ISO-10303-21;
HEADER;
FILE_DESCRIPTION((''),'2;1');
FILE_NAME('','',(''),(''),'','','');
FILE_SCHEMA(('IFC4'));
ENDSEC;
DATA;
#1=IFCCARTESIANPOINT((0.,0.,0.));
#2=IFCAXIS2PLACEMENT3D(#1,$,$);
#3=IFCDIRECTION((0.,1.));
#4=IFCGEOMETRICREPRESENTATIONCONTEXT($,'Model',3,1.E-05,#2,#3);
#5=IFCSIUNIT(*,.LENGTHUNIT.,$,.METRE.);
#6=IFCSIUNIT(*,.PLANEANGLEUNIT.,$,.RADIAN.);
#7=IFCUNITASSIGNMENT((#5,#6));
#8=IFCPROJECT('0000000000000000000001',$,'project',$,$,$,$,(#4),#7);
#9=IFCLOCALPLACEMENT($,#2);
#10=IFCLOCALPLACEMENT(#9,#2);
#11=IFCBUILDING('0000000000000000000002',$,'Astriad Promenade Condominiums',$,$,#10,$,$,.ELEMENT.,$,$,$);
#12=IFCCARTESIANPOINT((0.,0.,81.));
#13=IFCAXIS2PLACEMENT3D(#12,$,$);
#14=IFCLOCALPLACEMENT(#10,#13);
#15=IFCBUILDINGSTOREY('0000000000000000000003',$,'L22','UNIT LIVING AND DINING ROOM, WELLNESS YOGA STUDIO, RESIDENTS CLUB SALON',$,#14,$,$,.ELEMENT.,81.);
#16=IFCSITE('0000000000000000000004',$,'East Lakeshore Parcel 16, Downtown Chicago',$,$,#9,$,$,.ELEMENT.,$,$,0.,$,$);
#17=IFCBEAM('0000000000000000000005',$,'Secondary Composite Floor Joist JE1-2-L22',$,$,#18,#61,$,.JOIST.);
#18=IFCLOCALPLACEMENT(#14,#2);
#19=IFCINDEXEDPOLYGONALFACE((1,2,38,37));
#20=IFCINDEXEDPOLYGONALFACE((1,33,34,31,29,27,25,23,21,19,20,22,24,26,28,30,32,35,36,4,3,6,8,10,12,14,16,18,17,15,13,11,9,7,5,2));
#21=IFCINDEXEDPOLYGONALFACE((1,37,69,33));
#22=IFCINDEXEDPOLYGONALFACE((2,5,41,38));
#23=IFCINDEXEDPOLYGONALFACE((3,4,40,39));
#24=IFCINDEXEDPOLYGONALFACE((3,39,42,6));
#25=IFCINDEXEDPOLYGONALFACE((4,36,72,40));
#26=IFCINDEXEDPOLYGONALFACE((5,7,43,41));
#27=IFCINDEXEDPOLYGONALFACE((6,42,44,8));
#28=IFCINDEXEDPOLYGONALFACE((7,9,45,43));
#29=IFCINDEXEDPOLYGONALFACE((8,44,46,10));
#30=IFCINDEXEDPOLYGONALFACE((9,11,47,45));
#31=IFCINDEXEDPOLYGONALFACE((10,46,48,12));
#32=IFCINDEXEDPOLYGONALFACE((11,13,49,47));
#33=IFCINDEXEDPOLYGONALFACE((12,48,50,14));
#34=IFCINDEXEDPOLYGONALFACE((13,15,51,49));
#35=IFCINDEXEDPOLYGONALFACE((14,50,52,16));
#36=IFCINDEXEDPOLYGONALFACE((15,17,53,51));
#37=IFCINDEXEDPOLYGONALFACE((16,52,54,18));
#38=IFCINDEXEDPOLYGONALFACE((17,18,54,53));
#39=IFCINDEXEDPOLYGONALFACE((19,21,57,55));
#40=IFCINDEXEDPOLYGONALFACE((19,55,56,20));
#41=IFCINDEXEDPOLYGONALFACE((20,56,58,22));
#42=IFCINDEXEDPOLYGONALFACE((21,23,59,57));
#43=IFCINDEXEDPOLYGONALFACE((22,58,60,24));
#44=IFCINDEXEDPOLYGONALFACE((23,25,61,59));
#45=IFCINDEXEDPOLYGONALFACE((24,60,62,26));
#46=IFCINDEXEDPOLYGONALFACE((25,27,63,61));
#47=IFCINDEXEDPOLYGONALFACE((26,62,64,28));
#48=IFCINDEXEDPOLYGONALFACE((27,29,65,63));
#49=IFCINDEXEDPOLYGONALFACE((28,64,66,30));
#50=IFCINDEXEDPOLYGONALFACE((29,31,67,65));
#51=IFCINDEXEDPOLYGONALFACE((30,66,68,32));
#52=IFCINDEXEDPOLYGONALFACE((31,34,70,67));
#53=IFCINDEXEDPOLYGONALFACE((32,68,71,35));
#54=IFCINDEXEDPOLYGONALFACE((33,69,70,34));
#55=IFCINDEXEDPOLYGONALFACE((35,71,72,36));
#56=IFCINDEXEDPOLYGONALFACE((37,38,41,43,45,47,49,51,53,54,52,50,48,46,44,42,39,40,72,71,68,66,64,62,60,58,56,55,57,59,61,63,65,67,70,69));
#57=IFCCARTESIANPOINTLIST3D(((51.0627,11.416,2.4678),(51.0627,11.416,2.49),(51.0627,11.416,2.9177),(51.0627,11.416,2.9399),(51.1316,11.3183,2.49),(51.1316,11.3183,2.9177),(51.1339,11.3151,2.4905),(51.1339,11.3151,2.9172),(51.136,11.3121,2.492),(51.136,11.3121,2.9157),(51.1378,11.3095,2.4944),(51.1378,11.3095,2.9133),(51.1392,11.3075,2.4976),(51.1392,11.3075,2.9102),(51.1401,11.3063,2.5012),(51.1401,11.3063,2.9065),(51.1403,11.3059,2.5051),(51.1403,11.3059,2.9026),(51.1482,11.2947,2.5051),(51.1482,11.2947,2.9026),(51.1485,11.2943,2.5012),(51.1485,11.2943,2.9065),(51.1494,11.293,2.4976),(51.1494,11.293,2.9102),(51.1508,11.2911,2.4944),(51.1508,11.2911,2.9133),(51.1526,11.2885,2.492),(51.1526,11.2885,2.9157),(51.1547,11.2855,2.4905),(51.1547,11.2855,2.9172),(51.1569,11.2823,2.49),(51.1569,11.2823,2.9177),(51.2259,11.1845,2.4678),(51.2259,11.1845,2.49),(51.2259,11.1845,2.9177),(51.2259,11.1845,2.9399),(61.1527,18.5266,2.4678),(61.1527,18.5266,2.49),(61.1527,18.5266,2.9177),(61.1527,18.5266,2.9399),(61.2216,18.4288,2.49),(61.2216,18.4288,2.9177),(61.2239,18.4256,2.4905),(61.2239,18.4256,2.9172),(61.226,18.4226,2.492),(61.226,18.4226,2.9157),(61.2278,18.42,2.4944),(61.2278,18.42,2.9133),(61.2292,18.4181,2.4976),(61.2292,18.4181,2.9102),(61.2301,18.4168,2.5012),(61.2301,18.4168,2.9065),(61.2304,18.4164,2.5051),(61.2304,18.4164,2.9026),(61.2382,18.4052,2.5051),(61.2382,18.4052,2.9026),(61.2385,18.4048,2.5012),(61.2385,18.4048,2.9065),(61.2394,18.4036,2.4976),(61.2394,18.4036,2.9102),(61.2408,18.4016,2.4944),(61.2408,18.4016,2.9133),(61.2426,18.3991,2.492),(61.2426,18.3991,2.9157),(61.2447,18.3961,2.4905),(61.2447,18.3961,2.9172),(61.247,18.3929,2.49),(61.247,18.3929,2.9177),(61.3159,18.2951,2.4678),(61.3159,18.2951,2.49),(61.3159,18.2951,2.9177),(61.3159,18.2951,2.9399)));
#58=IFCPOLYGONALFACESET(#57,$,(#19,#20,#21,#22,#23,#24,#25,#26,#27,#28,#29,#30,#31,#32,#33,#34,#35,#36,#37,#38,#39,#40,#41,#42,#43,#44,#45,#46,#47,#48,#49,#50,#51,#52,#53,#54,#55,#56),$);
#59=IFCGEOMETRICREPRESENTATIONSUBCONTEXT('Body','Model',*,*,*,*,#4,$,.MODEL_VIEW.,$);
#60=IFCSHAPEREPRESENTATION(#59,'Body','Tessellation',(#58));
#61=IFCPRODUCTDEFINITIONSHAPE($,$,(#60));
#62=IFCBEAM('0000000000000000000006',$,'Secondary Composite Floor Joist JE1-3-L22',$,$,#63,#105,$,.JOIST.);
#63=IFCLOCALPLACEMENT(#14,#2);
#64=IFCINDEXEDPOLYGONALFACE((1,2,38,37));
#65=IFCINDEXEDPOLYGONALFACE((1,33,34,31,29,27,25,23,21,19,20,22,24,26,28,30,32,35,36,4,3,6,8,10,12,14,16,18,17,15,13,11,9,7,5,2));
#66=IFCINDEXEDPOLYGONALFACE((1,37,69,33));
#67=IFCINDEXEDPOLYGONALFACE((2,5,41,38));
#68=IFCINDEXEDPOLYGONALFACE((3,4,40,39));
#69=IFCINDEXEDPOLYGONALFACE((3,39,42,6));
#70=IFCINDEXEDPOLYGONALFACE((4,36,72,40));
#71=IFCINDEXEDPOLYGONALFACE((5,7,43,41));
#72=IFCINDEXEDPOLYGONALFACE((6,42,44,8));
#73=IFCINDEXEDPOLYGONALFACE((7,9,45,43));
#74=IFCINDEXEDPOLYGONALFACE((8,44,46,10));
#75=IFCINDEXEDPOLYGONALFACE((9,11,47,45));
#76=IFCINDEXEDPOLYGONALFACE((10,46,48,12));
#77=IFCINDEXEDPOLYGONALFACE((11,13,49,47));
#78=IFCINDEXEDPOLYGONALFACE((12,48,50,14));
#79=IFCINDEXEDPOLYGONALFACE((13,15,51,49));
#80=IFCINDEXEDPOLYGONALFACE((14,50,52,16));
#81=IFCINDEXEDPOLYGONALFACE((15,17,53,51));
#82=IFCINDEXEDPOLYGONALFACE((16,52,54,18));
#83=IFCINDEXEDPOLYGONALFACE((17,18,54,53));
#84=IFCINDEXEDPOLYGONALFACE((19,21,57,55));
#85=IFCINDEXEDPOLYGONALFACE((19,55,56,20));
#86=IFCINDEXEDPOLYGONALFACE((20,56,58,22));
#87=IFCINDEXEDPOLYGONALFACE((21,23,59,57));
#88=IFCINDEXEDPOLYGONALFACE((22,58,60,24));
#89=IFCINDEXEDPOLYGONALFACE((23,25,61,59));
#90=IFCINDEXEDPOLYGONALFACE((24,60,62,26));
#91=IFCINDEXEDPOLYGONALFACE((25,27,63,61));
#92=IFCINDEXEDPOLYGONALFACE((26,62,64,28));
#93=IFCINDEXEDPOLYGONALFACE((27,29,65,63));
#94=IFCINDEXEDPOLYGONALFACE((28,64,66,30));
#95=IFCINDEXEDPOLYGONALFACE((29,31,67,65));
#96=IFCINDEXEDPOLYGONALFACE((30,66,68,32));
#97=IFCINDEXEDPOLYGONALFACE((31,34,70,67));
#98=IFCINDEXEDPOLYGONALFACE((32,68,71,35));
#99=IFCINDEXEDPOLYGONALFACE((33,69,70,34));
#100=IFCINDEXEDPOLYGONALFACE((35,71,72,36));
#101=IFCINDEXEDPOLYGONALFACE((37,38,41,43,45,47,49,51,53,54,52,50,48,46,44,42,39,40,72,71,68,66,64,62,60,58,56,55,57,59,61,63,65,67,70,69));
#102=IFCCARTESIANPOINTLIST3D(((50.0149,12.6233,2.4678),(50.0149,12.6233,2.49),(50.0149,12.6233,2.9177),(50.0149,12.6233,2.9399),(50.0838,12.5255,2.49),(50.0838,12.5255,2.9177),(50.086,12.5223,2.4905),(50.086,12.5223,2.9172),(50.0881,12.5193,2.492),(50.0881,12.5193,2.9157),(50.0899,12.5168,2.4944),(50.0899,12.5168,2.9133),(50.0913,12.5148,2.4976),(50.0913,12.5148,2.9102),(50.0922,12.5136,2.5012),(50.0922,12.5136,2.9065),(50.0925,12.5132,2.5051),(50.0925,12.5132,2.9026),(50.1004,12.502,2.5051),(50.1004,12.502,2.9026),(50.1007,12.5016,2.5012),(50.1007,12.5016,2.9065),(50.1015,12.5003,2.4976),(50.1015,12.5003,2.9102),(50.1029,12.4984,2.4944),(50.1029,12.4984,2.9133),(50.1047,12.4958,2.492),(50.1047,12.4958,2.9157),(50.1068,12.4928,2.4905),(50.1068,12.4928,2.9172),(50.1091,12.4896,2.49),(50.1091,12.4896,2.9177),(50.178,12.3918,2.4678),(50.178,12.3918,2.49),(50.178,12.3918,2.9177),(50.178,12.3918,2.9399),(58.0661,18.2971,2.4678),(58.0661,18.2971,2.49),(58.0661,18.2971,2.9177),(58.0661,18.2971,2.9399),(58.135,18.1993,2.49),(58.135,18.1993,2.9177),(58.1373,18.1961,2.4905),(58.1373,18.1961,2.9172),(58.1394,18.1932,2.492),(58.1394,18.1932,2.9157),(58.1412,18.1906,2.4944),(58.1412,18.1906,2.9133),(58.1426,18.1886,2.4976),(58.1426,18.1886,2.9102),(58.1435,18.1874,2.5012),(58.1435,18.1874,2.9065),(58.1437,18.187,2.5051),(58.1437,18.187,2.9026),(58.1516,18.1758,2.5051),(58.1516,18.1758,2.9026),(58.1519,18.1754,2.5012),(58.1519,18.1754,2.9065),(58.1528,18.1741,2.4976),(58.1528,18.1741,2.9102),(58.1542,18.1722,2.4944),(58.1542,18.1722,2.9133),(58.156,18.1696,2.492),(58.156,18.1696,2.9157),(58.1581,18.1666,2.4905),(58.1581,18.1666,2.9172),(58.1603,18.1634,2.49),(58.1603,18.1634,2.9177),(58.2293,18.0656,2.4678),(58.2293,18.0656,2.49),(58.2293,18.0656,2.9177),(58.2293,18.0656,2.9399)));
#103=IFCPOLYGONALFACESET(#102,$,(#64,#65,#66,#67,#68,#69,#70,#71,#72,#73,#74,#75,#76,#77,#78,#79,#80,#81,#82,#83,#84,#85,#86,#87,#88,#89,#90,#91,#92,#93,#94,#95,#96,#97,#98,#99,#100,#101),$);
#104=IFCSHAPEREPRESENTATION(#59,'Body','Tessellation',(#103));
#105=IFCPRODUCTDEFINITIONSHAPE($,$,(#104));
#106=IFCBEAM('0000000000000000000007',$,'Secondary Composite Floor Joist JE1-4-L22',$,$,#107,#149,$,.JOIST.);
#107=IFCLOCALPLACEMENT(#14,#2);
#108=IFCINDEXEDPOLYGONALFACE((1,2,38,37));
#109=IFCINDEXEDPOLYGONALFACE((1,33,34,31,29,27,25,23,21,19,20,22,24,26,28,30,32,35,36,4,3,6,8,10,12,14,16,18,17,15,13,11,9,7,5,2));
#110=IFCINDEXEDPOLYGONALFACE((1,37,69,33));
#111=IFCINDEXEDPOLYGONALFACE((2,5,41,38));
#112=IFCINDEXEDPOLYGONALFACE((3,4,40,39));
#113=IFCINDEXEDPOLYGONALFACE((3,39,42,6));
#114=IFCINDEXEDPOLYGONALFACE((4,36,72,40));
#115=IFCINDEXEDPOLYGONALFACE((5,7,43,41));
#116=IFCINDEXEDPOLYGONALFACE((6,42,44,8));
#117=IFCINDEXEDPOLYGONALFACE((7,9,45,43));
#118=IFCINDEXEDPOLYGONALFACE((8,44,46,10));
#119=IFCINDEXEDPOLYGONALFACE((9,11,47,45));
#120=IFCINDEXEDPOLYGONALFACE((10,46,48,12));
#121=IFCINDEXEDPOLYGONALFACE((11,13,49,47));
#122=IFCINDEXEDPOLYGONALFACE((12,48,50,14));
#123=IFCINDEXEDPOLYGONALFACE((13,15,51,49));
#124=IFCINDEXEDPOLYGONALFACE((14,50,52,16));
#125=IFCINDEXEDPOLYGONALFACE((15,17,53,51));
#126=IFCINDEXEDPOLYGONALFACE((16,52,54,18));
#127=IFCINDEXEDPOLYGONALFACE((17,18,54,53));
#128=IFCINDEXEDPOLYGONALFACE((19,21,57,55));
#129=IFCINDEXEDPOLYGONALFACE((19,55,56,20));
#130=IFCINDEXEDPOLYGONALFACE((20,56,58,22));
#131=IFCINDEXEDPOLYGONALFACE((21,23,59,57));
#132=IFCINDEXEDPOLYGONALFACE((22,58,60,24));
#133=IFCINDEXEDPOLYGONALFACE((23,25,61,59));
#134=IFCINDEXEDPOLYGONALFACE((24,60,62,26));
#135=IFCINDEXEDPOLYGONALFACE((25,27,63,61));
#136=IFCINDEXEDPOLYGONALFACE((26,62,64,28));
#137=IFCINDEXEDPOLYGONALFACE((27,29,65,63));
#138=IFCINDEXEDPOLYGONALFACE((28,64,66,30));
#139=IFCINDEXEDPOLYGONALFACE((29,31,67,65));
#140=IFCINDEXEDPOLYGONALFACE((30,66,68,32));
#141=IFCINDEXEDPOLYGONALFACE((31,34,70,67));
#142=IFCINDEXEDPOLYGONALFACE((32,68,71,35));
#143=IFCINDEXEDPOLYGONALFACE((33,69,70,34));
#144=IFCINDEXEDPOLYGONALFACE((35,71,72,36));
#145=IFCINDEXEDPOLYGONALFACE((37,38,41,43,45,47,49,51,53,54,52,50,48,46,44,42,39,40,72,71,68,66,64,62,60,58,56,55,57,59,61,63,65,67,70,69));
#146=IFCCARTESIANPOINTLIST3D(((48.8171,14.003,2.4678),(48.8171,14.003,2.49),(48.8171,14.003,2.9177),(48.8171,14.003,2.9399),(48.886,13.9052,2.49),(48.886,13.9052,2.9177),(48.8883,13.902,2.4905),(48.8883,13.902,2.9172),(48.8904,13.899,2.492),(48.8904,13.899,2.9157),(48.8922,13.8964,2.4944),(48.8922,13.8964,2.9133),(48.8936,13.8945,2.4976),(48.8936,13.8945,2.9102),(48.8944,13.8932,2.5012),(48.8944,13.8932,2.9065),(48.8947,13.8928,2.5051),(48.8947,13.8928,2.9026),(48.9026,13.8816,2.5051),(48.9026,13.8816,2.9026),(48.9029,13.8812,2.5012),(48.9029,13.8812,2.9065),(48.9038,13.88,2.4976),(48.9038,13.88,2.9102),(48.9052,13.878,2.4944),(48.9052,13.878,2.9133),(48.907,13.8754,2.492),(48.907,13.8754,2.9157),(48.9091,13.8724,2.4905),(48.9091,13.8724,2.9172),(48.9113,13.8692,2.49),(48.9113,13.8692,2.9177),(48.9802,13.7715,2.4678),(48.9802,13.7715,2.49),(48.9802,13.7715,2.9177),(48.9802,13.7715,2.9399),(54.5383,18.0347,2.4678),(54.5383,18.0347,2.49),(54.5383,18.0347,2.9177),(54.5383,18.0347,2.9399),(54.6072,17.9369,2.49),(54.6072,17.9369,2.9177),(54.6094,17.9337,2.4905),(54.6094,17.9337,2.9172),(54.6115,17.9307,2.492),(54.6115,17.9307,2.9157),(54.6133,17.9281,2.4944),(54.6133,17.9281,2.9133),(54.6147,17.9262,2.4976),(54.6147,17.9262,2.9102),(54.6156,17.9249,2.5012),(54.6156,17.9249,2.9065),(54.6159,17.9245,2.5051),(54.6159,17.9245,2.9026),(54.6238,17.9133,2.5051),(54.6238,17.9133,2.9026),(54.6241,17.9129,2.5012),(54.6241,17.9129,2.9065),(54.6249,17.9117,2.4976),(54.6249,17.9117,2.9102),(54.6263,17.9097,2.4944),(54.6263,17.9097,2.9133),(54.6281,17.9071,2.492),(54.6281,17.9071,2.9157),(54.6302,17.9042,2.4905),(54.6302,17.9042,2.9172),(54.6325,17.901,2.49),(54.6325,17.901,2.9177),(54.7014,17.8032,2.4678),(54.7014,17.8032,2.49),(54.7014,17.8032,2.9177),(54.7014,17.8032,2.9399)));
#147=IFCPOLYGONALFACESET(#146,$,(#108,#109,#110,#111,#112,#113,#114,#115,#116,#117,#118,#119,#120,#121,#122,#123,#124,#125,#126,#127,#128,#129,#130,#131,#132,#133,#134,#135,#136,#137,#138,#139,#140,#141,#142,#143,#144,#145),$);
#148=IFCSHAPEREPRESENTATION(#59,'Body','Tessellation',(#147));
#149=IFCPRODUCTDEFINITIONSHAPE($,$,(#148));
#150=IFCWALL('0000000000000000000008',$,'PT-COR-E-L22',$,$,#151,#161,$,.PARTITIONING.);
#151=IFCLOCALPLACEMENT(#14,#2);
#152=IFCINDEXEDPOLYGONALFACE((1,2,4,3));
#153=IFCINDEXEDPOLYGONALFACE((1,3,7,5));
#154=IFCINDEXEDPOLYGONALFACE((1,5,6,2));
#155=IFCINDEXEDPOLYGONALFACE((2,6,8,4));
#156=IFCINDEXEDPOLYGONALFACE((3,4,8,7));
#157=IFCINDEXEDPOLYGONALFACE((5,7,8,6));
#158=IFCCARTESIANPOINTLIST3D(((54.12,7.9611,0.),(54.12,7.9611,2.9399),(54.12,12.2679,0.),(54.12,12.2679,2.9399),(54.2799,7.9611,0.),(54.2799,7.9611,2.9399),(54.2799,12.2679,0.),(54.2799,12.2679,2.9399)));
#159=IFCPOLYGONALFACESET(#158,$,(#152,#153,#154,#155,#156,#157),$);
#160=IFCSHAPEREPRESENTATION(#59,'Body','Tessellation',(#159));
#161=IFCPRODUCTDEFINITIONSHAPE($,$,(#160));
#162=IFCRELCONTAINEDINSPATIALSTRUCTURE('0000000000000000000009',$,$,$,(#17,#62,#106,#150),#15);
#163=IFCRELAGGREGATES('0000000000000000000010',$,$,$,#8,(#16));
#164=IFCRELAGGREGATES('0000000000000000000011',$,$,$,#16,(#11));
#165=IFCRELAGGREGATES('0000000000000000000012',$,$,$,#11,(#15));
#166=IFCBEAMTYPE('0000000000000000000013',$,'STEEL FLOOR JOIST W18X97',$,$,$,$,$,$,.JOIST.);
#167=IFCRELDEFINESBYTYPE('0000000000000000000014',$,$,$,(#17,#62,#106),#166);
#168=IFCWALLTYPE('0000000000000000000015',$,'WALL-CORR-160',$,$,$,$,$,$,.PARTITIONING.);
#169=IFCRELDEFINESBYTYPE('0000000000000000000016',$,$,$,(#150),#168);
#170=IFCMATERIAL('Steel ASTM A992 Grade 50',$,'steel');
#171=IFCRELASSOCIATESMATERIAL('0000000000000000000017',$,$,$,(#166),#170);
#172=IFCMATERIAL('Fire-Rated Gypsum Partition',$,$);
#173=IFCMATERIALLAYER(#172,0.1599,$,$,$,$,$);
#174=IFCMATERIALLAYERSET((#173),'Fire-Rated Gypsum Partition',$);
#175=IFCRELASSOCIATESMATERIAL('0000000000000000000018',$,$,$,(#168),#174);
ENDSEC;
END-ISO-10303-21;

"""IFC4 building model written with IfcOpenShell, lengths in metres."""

from ifc_helpers import new_model, si_unit, direction, frame, frame_2d, origin, origin_2d, place, context, subcontext, project, spatial, rectangle, i_section, extrude, source, transform, mapped, material, layer, layer_set, material_profile, profile_set, type_object, element, save


model = new_model("IFC4")

# Units and contexts
model_context = context("Model", 3, precision=1e-05, world=origin(), true_north=direction((0.0, 1.0)))
body_context = subcontext(model_context, "Body", "Model", "MODEL_VIEW")
ifc_project = project(units=[si_unit("LENGTHUNIT", "METRE"), si_unit("PLANEANGLEUNIT", "RADIAN")], contexts=[model_context])

# Site, building, storey
site_placement = place(None, origin())
site = spatial("IfcSite", under=ifc_project, at=site_placement, Name="East Lakeshore Parcel 16, Downtown Chicago", CompositionType="ELEMENT", RefElevation=0.0)
building_placement = place(site_placement, origin())
building = spatial("IfcBuilding", under=site, at=building_placement, Name="Astriad Promenade Condominiums", CompositionType="ELEMENT")
storey_placement = place(building_placement, frame((0.0, 0.0, 81.0)))
storey = spatial("IfcBuildingStorey", under=building, at=storey_placement, Name="L22", Description="UNIT LIVING AND DINING ROOM, WELLNESS YOGA STUDIO, RESIDENTS CLUB SALON", CompositionType="ELEMENT", Elevation=81.0)

# Beams
ifc_material_1 = material(Name="Steel ASTM A992 Grade 50", Category="steel")
ifc_material_profile_1 = material_profile(ifc_material_1, i_section(OverallWidth=0.2832, OverallDepth=0.4722, WebThickness=0.0137, FlangeThickness=0.0222, FilletRadius=0.0151, at=origin_2d()), Name="W18X97")
ifc_profile_set_1 = profile_set([ifc_material_profile_1], Name="Steel ASTM A992 Grade 50")
beam_type_1 = type_object("IfcBeamType", Name="STEEL FLOOR JOIST W18X97", PredefinedType="JOIST", material=ifc_profile_set_1)
shared_shape_1 = source(origin(), body_context, "Body", "SweptSolid", [
    extrude(i_section(OverallWidth=0.2832, OverallDepth=0.4722, WebThickness=0.0137, FlangeThickness=0.0222, FilletRadius=0.0151, at=origin_2d()), origin(), (0.0, 0.0, 1.0), 12.3438),
])
beam_1_placement = place(storey_placement, frame((51.1443, 11.3003, 2.7039), z_axis=(0.817419, 0.576044, 0.0), x_axis=(-0.576044, 0.817419, 0.0)))
element("IfcBeam", 1, at=beam_1_placement, inside=storey, type_object=beam_type_1, Name="Secondary Composite Floor Joist JE1-2-L22", PredefinedType="JOIST", context=body_context, shape_type="MappedRepresentation", body=[
    mapped(shared_shape_1, transform((0.0, 0.0, 0.0), scale=1.0)),
])
shared_shape_2 = source(origin(), body_context, "Body", "SweptSolid", [
    extrude(i_section(OverallWidth=0.2832, OverallDepth=0.4722, WebThickness=0.0137, FlangeThickness=0.0222, FilletRadius=0.0151, at=origin_2d()), origin(), (0.0, 0.0, 1.0), 9.8496),
])
beam_2_placement = place(storey_placement, frame((50.0964, 12.5076, 2.7039), z_axis=(0.817418, 0.576045, 0.0), x_axis=(-0.576045, 0.817418, 0.0)))
element("IfcBeam", 2, at=beam_2_placement, inside=storey, type_object=beam_type_1, Name="Secondary Composite Floor Joist JE1-3-L22", PredefinedType="JOIST", context=body_context, shape_type="MappedRepresentation", body=[
    mapped(shared_shape_2, transform((0.0, 0.0, 0.0), scale=1.0)),
])
shared_shape_3 = source(origin(), body_context, "Body", "SweptSolid", [
    extrude(i_section(OverallWidth=0.2832, OverallDepth=0.4722, WebThickness=0.0137, FlangeThickness=0.0222, FilletRadius=0.0151, at=origin_2d()), origin(), (0.0, 0.0, 1.0), 6.999),
])
beam_3_placement = place(storey_placement, frame((48.8987, 13.8872, 2.7039), z_axis=(0.817422, 0.576039, 0.0), x_axis=(-0.576039, 0.817422, 0.0)))
element("IfcBeam", 3, at=beam_3_placement, inside=storey, type_object=beam_type_1, Name="Secondary Composite Floor Joist JE1-4-L22", PredefinedType="JOIST", context=body_context, shape_type="MappedRepresentation", body=[
    mapped(shared_shape_3, transform((0.0, 0.0, 0.0), scale=1.0)),
])

# Wall
ifc_material_2 = material(Name="Fire-Rated Gypsum Partition")
ifc_layer_1 = layer(ifc_material_2, 0.1599)
ifc_layer_set_1 = layer_set([ifc_layer_1], Name="Fire-Rated Gypsum Partition")
wall_type_1 = type_object("IfcWallType", Name="WALL-CORR-160", PredefinedType="PARTITIONING", material=ifc_layer_set_1)
wall_1_placement = place(storey_placement, frame((54.2, 7.9612, 0.0), z_axis=(0.0, 0.0, 1.0), x_axis=(0.0, 1.0, 0.0)))
element("IfcWall", 4, at=wall_1_placement, inside=storey, type_object=wall_type_1, Name="PT-COR-E-L22", PredefinedType="PARTITIONING", context=body_context, shape_type="SweptSolid", body=[
    extrude(rectangle(XDim=4.3069, YDim=0.1599, at=frame_2d((2.1533, 0.0))), origin(), (0.0, 0.0, 1.0), 2.9399),
])

save(model, "model.ifc")
